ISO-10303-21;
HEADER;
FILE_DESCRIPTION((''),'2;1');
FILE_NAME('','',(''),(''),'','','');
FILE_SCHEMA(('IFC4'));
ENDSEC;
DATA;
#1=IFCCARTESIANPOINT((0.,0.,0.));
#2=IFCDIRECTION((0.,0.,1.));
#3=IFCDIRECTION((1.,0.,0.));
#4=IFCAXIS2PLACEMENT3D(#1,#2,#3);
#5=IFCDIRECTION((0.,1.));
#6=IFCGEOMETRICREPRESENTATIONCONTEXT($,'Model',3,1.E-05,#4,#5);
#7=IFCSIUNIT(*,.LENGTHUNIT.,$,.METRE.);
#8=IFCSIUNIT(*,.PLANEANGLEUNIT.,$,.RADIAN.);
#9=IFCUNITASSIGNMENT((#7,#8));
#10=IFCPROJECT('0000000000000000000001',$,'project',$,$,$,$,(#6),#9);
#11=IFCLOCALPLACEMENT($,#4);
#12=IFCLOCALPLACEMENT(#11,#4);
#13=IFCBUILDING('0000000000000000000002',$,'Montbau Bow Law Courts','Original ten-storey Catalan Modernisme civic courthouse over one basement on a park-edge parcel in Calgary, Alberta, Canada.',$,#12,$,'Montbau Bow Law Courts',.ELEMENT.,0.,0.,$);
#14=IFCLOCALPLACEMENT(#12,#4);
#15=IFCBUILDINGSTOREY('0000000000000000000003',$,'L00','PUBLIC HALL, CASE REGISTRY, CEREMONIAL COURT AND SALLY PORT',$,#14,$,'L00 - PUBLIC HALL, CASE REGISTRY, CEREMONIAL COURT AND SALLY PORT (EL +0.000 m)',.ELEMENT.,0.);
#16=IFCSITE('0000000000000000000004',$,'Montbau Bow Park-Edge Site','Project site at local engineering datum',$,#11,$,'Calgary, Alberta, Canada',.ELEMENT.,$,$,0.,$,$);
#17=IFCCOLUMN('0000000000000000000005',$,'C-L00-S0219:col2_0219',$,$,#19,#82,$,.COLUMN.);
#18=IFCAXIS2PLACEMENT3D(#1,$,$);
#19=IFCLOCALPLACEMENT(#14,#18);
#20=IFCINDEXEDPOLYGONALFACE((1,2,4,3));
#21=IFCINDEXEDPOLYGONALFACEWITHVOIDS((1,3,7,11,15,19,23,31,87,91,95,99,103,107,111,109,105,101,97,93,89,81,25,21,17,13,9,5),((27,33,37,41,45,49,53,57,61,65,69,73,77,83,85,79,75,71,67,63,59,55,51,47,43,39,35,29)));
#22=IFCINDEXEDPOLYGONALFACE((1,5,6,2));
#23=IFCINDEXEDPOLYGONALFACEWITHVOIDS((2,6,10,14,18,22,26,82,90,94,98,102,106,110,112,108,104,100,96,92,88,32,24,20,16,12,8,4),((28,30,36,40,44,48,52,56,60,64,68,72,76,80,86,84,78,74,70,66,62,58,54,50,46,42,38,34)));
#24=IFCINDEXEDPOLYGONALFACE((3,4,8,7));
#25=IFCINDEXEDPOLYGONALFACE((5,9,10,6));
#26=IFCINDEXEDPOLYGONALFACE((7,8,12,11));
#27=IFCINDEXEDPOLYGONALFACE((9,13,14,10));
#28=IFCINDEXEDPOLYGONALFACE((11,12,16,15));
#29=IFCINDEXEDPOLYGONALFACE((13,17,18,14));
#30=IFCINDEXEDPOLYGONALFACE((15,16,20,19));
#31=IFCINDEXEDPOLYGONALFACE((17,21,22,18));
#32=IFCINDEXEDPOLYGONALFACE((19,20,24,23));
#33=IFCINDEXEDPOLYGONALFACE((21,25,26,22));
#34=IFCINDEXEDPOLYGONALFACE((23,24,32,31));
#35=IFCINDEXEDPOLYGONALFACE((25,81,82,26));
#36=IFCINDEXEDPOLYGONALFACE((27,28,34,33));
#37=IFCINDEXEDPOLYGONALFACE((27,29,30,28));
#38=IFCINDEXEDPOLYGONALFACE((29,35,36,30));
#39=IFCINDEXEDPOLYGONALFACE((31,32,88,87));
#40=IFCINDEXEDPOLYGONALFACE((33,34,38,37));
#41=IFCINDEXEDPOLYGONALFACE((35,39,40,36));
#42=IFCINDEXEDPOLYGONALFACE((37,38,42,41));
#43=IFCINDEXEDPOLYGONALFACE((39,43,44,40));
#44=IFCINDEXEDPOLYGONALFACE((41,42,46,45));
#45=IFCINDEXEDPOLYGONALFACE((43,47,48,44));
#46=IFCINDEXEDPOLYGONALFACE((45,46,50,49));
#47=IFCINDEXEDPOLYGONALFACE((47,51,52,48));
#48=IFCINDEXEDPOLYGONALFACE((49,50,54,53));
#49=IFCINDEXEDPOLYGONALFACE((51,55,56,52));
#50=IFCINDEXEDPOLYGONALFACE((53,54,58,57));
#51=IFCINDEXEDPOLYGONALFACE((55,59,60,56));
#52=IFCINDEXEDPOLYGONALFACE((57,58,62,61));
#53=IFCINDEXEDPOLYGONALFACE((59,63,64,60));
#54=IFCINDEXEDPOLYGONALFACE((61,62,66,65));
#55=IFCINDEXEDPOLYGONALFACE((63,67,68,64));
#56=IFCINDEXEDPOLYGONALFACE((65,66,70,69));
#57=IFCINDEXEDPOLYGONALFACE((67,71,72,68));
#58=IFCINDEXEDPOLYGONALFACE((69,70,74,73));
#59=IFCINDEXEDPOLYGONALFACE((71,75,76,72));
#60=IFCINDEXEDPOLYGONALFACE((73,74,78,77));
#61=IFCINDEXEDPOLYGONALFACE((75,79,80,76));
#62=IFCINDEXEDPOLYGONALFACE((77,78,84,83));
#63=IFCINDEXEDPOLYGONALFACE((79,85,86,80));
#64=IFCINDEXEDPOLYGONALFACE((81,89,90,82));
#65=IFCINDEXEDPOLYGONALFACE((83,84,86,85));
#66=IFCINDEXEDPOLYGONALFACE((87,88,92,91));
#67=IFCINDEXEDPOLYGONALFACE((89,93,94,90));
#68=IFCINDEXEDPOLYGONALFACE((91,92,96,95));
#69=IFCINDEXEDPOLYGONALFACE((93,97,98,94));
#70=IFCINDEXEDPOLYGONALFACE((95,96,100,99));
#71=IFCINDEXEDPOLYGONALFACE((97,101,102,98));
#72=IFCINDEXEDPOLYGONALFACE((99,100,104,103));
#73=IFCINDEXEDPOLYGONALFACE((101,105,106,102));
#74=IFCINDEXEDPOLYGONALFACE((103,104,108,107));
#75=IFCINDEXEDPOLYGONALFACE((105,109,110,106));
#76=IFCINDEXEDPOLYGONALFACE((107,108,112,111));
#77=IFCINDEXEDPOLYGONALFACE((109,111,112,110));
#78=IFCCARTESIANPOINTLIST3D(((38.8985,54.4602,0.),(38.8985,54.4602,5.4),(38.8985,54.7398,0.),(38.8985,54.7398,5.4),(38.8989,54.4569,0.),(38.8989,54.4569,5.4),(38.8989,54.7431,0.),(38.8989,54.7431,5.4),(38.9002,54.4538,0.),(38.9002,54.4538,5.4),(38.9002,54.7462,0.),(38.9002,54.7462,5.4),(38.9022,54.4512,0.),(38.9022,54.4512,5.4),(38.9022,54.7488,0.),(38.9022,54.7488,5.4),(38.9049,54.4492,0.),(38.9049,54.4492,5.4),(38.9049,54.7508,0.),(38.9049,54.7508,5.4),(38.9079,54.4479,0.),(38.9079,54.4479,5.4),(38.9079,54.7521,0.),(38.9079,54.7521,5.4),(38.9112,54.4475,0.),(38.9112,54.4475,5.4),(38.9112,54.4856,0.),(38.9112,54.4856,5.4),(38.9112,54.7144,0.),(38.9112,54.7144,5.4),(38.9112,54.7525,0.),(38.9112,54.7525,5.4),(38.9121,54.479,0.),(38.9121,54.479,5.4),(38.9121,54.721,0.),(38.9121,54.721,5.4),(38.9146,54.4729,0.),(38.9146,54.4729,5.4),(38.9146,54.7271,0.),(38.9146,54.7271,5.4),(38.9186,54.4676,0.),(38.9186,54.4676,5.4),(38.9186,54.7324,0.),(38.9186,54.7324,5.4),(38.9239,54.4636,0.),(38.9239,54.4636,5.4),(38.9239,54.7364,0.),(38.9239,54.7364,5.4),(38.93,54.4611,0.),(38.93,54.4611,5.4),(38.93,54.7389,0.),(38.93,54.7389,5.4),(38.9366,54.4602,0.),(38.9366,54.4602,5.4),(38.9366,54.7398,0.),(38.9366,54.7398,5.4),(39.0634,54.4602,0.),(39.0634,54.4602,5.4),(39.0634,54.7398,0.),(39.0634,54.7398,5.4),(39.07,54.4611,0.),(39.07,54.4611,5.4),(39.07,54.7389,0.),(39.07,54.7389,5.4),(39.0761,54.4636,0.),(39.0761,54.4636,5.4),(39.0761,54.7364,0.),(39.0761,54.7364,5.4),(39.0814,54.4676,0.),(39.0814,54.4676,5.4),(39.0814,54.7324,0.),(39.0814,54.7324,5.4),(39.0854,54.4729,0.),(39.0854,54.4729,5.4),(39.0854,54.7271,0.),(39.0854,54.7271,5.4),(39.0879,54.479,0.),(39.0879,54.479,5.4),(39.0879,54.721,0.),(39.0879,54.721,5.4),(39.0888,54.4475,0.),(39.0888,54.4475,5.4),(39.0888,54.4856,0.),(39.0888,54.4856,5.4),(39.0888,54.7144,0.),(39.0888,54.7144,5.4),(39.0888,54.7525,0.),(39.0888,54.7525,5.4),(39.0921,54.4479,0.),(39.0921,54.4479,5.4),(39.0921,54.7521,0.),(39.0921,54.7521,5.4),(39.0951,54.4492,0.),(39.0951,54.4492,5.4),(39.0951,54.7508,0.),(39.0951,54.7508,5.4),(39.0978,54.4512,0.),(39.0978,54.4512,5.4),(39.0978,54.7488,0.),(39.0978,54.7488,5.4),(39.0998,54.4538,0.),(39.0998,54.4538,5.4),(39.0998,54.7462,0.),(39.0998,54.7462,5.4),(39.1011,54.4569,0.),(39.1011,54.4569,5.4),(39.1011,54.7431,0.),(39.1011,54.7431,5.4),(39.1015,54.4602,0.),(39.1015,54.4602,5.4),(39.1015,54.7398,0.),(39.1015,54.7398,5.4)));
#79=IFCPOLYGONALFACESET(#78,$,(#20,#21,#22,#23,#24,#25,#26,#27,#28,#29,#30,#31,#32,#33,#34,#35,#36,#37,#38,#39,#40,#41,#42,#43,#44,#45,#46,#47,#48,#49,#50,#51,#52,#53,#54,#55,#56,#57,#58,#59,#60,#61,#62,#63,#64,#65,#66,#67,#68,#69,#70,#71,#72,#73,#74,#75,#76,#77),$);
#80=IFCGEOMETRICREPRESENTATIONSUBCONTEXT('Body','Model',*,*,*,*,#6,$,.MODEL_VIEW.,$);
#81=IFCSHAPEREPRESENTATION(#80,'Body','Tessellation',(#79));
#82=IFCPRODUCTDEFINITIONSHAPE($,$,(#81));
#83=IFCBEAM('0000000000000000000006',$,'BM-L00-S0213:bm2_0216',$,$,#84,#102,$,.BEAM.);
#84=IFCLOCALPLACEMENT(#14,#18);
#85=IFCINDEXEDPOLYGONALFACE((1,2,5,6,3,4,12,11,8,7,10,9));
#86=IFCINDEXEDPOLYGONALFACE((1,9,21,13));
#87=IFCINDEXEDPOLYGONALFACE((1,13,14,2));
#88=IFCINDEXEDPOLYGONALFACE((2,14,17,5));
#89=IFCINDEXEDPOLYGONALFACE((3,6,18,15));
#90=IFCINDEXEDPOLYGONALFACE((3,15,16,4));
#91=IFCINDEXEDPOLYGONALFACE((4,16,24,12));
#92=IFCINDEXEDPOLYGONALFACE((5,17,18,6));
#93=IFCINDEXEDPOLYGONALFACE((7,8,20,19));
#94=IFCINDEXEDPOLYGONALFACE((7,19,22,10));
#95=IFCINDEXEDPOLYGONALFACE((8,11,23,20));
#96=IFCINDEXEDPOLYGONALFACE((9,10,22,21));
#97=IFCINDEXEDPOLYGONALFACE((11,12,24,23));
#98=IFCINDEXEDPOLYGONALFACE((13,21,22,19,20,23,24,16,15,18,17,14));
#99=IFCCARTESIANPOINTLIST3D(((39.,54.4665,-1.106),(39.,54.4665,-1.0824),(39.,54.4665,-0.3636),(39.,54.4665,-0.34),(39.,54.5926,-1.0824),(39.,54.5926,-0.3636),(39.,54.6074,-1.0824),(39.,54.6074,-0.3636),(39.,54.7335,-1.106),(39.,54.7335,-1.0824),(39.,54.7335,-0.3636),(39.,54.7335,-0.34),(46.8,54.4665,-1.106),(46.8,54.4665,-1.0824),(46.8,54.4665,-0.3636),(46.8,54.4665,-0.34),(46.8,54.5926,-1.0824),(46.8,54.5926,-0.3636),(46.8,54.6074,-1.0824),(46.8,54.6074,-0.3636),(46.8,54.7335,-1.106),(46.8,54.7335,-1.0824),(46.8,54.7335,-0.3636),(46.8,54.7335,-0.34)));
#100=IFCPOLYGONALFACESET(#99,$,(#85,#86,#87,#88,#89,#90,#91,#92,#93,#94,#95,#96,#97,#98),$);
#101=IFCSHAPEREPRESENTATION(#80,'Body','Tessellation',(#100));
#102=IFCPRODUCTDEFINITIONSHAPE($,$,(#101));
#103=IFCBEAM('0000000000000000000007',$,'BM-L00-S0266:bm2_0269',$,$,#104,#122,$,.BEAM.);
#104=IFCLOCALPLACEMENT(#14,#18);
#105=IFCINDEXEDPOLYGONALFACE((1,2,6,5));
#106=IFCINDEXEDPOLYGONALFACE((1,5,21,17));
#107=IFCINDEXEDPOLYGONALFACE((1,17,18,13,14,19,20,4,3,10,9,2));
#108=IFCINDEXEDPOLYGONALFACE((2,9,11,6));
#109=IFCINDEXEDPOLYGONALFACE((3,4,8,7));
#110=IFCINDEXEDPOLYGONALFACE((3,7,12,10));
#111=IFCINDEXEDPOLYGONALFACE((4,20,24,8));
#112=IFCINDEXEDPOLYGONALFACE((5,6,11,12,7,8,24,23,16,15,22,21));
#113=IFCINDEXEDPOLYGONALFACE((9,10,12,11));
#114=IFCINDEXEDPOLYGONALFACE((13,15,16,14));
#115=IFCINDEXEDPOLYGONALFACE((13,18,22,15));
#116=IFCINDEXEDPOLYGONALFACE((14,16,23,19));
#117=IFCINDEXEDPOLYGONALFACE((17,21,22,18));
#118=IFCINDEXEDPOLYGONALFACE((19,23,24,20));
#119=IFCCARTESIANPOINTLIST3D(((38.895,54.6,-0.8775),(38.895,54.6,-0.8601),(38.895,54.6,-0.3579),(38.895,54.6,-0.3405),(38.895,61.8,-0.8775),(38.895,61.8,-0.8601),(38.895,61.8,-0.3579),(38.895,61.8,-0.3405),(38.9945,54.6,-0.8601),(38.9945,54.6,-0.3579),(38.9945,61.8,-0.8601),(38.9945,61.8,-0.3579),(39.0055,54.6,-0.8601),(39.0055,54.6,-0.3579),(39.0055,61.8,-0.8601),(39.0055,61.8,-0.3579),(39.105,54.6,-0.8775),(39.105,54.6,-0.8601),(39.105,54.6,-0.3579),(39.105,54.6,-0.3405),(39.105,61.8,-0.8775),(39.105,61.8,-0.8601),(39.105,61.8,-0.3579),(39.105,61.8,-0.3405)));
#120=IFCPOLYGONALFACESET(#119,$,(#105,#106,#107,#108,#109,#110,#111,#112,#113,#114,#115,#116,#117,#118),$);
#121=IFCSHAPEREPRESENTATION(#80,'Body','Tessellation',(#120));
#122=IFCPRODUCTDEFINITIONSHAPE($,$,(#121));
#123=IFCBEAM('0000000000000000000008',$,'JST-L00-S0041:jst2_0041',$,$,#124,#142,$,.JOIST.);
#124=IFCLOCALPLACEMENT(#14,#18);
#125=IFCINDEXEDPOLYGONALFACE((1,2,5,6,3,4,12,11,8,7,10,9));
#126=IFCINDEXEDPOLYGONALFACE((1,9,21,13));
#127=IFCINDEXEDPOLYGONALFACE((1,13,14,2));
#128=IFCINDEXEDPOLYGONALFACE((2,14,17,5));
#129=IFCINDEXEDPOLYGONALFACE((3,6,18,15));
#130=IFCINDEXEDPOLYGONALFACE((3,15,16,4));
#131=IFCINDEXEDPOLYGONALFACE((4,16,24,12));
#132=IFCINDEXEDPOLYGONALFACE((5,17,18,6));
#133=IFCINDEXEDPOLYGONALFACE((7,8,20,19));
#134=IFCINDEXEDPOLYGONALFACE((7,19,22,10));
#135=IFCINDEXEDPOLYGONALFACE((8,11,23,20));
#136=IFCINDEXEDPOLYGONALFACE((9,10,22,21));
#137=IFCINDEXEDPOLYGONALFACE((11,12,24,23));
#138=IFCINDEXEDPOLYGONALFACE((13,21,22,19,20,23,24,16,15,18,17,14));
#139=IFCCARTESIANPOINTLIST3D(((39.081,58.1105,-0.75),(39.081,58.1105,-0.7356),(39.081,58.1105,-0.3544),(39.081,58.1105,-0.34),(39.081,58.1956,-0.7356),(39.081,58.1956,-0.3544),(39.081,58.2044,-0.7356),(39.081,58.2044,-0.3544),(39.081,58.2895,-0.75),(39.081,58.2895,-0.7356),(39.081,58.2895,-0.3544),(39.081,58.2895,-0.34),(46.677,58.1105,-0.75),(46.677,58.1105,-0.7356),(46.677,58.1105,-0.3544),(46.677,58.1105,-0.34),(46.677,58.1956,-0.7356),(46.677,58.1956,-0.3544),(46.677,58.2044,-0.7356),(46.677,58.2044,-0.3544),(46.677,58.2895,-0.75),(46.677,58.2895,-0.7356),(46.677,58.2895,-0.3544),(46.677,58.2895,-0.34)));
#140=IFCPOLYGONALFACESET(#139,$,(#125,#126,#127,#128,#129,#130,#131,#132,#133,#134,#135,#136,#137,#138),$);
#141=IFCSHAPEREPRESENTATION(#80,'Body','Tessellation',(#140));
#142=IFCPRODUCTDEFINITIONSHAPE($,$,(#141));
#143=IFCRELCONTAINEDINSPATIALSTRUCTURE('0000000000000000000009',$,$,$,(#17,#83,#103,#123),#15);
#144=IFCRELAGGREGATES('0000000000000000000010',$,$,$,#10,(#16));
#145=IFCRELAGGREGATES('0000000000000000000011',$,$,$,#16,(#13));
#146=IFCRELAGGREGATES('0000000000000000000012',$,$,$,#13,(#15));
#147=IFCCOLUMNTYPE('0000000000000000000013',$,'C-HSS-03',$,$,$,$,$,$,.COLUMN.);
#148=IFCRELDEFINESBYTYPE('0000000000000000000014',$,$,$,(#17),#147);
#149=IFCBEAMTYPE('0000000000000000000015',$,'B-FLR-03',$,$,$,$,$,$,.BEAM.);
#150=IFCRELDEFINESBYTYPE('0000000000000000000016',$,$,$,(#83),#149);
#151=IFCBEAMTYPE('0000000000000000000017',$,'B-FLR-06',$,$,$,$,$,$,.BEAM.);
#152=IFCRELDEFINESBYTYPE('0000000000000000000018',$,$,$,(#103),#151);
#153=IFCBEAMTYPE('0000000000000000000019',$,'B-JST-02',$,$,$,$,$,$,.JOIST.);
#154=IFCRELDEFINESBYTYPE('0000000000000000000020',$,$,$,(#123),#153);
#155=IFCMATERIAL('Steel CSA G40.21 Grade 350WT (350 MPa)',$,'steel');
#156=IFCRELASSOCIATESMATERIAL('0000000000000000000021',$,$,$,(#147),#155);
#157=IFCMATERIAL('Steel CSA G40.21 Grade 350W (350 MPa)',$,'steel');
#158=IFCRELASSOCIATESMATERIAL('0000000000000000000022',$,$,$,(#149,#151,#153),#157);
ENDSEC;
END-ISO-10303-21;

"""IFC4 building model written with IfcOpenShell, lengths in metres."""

from ifc_helpers import new_model, si_unit, direction, frame, origin_with_axes, origin_2d_with_axis, place, context, subcontext, project, spatial, hollow_rectangle, i_section, extrude, material, material_profile, profile_set, type_object, element, save


model = new_model("IFC4")

# Units and contexts
model_context = context("Model", 3, precision=1e-05, world=origin_with_axes(), true_north=direction((0.0, 1.0)))
body_context = subcontext(model_context, "Body", "Model", "MODEL_VIEW")
ifc_project = project(units=[si_unit("LENGTHUNIT", "METRE"), si_unit("PLANEANGLEUNIT", "RADIAN")], contexts=[model_context])

# Site, building, storey
site_placement = place(None, origin_with_axes())
site = spatial("IfcSite", under=ifc_project, at=site_placement, Name="Montbau Bow Park-Edge Site", Description="Project site at local engineering datum", LongName="Calgary, Alberta, Canada", CompositionType="ELEMENT", RefElevation=0.0)
building_placement = place(site_placement, origin_with_axes())
building = spatial("IfcBuilding", under=site, at=building_placement, Name="Montbau Bow Law Courts", Description="Original ten-storey Catalan Modernisme civic courthouse over one basement on a park-edge parcel in Calgary, Alberta, Canada.", LongName="Montbau Bow Law Courts", CompositionType="ELEMENT", ElevationOfRefHeight=0.0, ElevationOfTerrain=0.0)
storey_placement = place(building_placement, origin_with_axes())
storey = spatial("IfcBuildingStorey", under=building, at=storey_placement, Name="L00", Description="PUBLIC HALL, CASE REGISTRY, CEREMONIAL COURT AND SALLY PORT", LongName="L00 - PUBLIC HALL, CASE REGISTRY, CEREMONIAL COURT AND SALLY PORT (EL +0.000 m)", CompositionType="ELEMENT", Elevation=0.0)

# Column
ifc_material_1 = material(Name="Steel CSA G40.21 Grade 350WT (350 MPa)", Category="steel")
ifc_material_profile_1 = material_profile(ifc_material_1, hollow_rectangle(XDim=0.203, YDim=0.305, WallThickness=0.0127, InnerFilletRadius=0.0254, OuterFilletRadius=0.0127, at=origin_2d_with_axis()), Name="HSS305X203X13", Category="Main", Priority=0)
ifc_profile_set_1 = profile_set([ifc_material_profile_1], Name="Steel CSA G40.21 Grade 350WT (350 MPa)")
column_type = type_object("IfcColumnType", Name="C-HSS-03", PredefinedType="COLUMN", material=ifc_profile_set_1)
column_placement = place(None, frame((39.0, 54.6, 0.0), z_axis=(0.0, 0.0, 1.0), x_axis=(1.0, 0.0, 0.0)))
element("IfcColumn", 1, at=column_placement, inside=storey, type_object=column_type, Name="C-L00-S0219:col2_0219", PredefinedType="COLUMN", context=body_context, shape_type="SweptSolid", body=[
    extrude(hollow_rectangle(XDim=0.203, YDim=0.305, WallThickness=0.0127, InnerFilletRadius=0.0254, OuterFilletRadius=0.0127, at=origin_2d_with_axis()), origin_with_axes(), (0.0, 0.0, 1.0), 5.4),
])

# Beams
ifc_material_2 = material(Name="Steel CSA G40.21 Grade 350W (350 MPa)", Category="steel")
ifc_material_profile_2 = material_profile(ifc_material_2, i_section(OverallWidth=0.267, OverallDepth=0.766, WebThickness=0.0149, FlangeThickness=0.0236, at=origin_2d_with_axis()), Name="W760X185", Category="Main", Priority=0)
ifc_profile_set_2 = profile_set([ifc_material_profile_2], Name="Steel CSA G40.21 Grade 350W (350 MPa)")
beam_type_1 = type_object("IfcBeamType", Name="B-FLR-03", PredefinedType="BEAM", material=ifc_profile_set_2)
beam_1_placement = place(None, frame((39.0, 54.6, -0.723), z_axis=(1.0, 0.0, 0.0), x_axis=(0.0, 1.0, 0.0)))
element("IfcBeam", 2, at=beam_1_placement, inside=storey, type_object=beam_type_1, Name="BM-L00-S0213:bm2_0216", PredefinedType="BEAM", context=body_context, shape_type="SweptSolid", body=[
    extrude(i_section(OverallWidth=0.267, OverallDepth=0.766, WebThickness=0.0149, FlangeThickness=0.0236, at=origin_2d_with_axis()), origin_with_axes(), (0.0, 0.0, 1.0), 7.8),
])
ifc_material_profile_3 = material_profile(ifc_material_2, i_section(OverallWidth=0.21, OverallDepth=0.537, WebThickness=0.0109, FlangeThickness=0.0174, at=origin_2d_with_axis()), Name="W530X101", Category="Main", Priority=0)
ifc_profile_set_3 = profile_set([ifc_material_profile_3], Name="Steel CSA G40.21 Grade 350W (350 MPa)")
beam_type_2 = type_object("IfcBeamType", Name="B-FLR-06", PredefinedType="BEAM", material=ifc_profile_set_3)
beam_2_placement = place(None, frame((39.0, 54.6, -0.609), z_axis=(0.0, 1.0, 0.0), x_axis=(-1.0, 0.0, 0.0)))
element("IfcBeam", 3, at=beam_2_placement, inside=storey, type_object=beam_type_2, Name="BM-L00-S0266:bm2_0269", PredefinedType="BEAM", context=body_context, shape_type="SweptSolid", body=[
    extrude(i_section(OverallWidth=0.21, OverallDepth=0.537, WebThickness=0.0109, FlangeThickness=0.0174, at=origin_2d_with_axis()), origin_with_axes(), (0.0, 0.0, 1.0), 7.2),
])
ifc_material_profile_4 = material_profile(ifc_material_2, i_section(OverallWidth=0.179, OverallDepth=0.41, WebThickness=0.0088, FlangeThickness=0.0144, at=origin_2d_with_axis()), Name="W410X67", Category="Main", Priority=0)
ifc_profile_set_4 = profile_set([ifc_material_profile_4], Name="Steel CSA G40.21 Grade 350W (350 MPa)")
beam_type_3 = type_object("IfcBeamType", Name="B-JST-02", PredefinedType="JOIST", material=ifc_profile_set_4)
beam_3_placement = place(None, frame((39.081, 58.2, -0.545), z_axis=(1.0, 0.0, 0.0), x_axis=(0.0, 1.0, 0.0)))
element("IfcBeam", 4, at=beam_3_placement, inside=storey, type_object=beam_type_3, Name="JST-L00-S0041:jst2_0041", PredefinedType="JOIST", context=body_context, shape_type="SweptSolid", body=[
    extrude(i_section(OverallWidth=0.179, OverallDepth=0.41, WebThickness=0.0088, FlangeThickness=0.0144, at=origin_2d_with_axis()), origin_with_axes(), (0.0, 0.0, 1.0), 7.596),
])

save(model, "model.ifc")
